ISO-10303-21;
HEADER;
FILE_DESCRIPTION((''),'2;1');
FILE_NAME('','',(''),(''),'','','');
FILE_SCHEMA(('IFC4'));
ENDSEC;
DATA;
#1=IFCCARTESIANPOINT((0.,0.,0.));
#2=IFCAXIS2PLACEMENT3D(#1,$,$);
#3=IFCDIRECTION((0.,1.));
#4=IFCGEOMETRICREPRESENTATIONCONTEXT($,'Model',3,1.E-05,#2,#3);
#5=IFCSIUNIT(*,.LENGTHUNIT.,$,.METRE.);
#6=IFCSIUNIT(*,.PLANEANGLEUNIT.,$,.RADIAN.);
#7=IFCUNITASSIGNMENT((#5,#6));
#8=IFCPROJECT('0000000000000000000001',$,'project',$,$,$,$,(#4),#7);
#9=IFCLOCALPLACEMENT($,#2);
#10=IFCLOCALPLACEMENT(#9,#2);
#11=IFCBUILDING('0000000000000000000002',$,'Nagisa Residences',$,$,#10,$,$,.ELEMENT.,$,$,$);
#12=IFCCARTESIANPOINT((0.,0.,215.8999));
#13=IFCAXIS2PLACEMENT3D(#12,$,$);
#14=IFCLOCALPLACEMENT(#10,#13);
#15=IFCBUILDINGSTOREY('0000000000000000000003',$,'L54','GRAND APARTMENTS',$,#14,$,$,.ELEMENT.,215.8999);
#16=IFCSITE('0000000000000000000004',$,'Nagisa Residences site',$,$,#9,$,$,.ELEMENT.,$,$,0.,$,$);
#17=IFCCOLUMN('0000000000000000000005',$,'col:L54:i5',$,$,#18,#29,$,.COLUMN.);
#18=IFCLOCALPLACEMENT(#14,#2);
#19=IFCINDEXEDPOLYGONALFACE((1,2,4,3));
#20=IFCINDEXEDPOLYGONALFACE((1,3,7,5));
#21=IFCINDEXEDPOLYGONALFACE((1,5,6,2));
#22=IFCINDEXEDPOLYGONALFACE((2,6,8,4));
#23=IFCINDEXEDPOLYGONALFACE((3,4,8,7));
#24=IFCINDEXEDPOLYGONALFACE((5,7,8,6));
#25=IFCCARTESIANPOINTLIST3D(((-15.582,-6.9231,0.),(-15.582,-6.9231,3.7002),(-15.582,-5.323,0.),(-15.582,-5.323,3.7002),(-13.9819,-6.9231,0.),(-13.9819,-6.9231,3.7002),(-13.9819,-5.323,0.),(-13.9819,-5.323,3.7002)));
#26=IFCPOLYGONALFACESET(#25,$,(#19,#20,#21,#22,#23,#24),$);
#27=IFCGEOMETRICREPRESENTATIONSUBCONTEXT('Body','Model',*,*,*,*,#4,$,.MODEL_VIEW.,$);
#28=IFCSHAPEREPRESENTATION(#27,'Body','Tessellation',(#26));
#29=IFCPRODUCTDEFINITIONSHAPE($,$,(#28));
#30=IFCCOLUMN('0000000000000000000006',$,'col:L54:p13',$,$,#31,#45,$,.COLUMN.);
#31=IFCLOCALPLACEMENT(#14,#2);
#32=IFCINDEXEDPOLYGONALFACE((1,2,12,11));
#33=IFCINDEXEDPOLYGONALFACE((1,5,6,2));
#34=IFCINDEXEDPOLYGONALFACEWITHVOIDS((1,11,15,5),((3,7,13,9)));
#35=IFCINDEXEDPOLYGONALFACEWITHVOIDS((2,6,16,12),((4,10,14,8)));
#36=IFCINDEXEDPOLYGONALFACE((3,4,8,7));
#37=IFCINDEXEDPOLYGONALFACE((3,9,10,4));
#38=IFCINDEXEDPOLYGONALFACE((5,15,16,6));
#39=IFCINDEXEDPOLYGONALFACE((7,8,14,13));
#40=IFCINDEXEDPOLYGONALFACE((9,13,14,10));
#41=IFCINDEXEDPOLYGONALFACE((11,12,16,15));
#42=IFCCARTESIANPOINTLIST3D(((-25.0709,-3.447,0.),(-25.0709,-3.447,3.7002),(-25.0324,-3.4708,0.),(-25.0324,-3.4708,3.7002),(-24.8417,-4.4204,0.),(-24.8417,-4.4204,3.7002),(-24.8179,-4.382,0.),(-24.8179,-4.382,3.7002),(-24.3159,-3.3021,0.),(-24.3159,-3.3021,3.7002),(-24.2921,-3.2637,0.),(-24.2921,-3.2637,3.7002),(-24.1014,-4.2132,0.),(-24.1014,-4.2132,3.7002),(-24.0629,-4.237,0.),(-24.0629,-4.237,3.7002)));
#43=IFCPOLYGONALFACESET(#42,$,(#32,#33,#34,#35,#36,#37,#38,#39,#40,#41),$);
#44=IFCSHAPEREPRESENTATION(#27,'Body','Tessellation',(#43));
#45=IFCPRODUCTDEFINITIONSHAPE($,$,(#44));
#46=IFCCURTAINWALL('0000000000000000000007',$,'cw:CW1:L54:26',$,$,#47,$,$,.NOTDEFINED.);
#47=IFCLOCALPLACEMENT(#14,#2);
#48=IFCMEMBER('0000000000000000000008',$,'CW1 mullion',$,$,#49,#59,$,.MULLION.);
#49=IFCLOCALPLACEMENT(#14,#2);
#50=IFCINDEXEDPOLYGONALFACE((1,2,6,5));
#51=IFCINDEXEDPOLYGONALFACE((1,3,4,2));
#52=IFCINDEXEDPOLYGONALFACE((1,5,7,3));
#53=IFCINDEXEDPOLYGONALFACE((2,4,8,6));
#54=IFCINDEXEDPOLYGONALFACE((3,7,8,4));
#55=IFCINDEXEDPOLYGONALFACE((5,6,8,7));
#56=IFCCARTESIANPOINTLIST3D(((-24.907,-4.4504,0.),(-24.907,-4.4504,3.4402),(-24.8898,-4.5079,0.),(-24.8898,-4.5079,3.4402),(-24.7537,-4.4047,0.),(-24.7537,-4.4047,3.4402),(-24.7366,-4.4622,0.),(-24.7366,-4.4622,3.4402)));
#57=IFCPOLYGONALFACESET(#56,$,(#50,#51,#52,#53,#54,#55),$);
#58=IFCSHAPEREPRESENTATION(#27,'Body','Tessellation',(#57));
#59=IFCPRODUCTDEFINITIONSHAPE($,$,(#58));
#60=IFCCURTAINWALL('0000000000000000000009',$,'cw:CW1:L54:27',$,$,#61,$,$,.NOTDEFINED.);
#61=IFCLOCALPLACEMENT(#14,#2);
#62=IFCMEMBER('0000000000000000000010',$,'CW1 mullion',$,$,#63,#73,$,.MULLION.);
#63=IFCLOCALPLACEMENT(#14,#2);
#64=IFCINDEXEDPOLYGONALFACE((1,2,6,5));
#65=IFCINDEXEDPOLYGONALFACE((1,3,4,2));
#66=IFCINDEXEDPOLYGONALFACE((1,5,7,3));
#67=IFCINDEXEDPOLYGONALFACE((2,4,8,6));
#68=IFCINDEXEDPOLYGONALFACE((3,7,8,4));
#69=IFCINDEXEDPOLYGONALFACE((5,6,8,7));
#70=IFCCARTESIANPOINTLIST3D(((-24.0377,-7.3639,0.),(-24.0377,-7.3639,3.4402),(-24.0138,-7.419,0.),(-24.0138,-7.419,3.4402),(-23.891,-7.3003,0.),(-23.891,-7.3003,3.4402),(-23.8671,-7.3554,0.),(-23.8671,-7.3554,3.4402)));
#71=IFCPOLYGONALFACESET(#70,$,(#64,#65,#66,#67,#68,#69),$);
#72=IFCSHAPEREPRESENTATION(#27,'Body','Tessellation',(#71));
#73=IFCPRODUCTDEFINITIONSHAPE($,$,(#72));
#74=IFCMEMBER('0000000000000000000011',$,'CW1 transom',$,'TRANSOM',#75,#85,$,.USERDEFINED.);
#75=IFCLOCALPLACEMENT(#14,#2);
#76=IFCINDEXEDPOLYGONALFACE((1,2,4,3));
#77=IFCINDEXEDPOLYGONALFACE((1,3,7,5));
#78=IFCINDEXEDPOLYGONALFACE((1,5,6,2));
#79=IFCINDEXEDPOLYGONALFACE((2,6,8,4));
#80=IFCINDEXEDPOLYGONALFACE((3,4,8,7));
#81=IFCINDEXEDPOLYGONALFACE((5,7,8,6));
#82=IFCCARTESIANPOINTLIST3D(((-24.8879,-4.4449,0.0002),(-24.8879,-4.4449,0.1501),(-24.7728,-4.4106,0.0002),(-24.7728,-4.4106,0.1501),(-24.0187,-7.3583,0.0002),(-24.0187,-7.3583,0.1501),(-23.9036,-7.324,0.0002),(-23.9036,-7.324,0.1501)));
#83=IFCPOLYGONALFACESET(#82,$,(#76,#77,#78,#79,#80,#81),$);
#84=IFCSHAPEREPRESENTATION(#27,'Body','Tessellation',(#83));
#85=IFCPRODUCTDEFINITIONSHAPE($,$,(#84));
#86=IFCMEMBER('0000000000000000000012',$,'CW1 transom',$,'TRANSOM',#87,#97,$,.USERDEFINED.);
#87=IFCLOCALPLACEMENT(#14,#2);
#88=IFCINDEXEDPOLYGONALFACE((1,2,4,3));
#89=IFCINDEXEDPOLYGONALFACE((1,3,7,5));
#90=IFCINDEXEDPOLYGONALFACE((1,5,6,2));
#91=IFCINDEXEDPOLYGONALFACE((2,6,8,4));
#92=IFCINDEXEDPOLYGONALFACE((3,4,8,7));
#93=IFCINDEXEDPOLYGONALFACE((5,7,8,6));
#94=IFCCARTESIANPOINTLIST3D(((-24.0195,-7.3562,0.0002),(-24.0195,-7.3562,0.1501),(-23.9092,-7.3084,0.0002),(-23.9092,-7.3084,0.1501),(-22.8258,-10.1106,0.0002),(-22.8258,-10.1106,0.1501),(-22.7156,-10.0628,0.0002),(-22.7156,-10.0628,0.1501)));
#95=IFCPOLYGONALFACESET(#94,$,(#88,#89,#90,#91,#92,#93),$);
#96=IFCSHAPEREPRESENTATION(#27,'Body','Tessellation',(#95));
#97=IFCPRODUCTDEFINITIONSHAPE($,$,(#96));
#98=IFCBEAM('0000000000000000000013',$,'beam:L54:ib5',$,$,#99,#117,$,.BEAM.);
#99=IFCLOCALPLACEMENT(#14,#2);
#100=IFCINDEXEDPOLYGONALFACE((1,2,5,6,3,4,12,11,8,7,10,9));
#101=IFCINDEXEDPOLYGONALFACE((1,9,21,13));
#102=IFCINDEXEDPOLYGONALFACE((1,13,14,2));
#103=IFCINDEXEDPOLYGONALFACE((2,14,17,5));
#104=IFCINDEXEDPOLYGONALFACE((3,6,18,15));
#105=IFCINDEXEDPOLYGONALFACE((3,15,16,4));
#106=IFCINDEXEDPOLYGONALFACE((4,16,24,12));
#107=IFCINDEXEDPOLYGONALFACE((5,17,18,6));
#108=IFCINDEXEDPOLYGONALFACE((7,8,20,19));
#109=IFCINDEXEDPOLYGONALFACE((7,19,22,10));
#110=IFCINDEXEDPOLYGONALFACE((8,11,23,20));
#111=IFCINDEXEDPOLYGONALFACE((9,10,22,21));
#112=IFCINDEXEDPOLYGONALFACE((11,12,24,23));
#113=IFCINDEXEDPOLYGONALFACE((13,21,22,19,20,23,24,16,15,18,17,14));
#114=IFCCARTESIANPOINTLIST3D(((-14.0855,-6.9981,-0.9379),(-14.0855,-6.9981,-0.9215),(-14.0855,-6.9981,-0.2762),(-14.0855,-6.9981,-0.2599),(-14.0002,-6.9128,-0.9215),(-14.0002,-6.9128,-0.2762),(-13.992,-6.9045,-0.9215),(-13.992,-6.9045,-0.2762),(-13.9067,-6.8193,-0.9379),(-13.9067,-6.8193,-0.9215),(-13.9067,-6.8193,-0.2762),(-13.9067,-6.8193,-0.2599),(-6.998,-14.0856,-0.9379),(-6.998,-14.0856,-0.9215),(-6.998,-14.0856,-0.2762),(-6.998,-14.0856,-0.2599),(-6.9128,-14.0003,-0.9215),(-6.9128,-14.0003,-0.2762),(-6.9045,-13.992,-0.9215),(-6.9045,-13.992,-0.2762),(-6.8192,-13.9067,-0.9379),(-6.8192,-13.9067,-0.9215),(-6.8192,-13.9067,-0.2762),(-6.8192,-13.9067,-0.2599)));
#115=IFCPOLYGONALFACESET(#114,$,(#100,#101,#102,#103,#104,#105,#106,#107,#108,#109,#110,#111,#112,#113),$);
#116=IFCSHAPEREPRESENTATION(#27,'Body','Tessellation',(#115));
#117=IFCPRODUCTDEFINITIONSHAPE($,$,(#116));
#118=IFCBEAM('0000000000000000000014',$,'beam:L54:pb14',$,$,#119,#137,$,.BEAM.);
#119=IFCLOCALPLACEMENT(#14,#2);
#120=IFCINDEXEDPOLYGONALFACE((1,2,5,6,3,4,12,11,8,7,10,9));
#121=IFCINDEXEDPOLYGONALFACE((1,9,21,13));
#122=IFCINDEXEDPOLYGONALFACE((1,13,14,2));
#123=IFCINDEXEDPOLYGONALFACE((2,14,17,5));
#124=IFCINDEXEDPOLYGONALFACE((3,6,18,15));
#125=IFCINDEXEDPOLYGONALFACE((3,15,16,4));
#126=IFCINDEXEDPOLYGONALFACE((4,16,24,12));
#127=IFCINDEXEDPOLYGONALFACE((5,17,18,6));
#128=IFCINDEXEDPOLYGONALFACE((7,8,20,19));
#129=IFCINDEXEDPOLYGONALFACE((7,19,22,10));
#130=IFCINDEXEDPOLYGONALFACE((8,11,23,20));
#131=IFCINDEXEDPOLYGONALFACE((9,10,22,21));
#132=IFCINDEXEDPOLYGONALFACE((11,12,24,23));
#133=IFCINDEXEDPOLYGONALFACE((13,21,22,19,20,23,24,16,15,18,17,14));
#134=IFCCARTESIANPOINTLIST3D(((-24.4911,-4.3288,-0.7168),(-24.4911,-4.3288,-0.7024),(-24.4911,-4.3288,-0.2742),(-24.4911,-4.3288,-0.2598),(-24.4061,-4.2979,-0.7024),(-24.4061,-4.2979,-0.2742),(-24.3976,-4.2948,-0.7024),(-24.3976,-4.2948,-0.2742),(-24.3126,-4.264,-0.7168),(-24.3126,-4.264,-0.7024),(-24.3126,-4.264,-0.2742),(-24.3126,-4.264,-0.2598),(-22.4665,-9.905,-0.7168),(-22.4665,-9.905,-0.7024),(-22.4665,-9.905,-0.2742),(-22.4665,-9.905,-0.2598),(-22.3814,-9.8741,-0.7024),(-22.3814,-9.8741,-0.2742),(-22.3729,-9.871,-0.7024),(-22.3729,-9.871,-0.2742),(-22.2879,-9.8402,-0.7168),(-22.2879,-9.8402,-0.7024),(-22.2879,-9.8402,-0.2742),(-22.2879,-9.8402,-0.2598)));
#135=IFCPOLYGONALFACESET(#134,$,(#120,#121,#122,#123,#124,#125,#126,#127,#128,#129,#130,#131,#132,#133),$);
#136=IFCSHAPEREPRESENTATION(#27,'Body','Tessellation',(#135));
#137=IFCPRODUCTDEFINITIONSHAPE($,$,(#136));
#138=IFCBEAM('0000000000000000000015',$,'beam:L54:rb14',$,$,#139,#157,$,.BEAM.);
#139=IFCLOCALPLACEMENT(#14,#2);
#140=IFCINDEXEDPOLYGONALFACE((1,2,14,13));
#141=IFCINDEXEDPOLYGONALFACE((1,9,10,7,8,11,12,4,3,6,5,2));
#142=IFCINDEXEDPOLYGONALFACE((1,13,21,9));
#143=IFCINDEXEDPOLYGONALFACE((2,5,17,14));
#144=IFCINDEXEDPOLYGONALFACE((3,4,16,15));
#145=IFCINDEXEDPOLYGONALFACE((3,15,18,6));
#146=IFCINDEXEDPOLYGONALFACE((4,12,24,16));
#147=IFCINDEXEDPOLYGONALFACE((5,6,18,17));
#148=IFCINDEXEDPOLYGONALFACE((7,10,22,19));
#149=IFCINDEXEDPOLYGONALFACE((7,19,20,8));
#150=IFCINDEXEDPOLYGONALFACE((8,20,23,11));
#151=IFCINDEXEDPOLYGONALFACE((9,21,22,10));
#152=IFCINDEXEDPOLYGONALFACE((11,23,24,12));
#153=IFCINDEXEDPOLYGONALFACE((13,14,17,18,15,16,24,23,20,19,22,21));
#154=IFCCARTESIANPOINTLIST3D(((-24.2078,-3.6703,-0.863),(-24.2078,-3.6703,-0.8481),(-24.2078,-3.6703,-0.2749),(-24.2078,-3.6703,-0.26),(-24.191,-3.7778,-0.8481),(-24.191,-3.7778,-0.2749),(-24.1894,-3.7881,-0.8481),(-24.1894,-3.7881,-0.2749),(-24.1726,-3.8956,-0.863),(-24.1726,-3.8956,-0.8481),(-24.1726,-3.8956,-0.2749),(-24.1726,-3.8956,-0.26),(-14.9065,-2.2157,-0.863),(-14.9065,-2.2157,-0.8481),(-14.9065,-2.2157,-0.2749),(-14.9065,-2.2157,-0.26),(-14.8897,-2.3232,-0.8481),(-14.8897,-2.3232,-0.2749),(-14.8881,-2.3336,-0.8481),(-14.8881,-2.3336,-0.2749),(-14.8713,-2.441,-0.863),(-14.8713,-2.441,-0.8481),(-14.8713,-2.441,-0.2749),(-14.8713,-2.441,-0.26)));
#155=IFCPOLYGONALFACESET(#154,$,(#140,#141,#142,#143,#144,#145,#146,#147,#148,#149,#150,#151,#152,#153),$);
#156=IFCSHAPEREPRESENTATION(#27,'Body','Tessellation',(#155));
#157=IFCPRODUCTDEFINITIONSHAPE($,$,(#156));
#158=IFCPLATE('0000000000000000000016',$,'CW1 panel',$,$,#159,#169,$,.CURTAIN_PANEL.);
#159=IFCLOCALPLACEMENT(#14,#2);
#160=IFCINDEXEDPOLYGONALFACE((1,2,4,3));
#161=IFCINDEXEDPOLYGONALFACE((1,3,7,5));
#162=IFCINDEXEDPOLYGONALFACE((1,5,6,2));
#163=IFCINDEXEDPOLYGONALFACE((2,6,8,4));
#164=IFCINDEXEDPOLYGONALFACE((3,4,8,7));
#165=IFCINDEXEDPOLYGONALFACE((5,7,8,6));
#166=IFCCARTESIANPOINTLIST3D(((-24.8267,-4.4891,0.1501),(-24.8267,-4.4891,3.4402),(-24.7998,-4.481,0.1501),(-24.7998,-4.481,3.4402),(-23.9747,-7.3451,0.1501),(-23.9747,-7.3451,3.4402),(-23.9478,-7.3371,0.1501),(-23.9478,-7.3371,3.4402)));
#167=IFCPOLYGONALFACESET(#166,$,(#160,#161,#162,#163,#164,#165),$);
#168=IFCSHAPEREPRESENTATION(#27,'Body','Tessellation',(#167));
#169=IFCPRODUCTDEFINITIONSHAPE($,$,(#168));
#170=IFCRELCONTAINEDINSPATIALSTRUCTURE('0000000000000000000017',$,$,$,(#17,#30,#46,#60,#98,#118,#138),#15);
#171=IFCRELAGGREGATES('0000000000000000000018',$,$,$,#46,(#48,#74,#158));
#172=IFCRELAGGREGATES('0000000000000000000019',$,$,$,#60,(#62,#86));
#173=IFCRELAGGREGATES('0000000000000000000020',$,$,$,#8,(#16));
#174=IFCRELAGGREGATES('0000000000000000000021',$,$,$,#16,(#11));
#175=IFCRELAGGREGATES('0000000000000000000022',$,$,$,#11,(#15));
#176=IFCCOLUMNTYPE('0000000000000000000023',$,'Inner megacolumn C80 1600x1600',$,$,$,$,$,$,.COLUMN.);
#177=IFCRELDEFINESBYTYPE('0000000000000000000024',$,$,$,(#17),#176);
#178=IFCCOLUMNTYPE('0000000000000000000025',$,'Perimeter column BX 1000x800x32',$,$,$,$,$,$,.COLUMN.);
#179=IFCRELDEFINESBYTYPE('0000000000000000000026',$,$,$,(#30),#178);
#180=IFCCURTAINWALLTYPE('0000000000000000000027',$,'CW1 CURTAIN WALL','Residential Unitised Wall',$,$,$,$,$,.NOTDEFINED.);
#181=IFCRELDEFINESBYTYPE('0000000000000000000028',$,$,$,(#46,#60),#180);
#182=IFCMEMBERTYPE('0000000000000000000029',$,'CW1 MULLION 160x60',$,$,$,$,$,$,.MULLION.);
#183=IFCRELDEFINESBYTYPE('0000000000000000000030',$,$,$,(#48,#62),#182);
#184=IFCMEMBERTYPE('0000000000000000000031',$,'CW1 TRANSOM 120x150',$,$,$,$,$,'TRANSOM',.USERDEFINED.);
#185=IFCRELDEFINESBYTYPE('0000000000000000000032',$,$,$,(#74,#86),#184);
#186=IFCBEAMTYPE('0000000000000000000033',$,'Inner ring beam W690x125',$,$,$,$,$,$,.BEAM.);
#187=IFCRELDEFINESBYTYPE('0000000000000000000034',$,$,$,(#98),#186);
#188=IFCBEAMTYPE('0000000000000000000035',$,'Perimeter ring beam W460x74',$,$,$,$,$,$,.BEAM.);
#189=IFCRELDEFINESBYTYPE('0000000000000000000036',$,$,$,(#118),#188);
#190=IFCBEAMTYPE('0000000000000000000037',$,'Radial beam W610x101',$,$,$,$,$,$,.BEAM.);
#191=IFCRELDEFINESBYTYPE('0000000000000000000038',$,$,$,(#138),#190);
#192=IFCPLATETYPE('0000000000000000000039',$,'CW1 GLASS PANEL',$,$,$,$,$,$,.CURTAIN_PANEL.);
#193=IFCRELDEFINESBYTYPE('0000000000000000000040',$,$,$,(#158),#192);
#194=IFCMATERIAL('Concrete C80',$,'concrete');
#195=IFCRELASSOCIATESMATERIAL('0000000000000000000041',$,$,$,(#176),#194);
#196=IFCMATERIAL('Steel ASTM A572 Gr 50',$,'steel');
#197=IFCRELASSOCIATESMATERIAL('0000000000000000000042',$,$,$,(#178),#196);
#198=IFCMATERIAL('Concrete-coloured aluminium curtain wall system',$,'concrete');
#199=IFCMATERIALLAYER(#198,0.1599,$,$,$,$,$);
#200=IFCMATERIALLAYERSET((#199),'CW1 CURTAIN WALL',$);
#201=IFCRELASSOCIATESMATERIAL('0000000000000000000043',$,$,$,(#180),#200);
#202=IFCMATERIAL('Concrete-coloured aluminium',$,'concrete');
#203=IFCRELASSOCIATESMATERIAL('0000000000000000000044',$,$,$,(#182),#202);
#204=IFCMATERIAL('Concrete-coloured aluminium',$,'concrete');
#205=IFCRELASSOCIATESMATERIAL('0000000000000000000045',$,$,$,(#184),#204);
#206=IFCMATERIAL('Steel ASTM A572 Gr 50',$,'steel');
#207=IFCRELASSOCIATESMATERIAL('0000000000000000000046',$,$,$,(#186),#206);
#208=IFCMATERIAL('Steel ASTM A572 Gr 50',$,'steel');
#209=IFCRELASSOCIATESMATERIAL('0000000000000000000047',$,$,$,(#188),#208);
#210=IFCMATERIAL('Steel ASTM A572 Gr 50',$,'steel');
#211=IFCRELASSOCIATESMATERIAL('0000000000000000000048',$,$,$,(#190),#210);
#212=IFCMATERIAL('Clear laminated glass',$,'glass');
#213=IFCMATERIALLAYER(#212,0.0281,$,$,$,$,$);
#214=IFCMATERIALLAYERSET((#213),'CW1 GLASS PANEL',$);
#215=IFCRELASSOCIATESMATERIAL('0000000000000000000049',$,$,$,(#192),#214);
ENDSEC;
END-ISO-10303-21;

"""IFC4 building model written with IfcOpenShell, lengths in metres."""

from ifc_helpers import new_model, si_unit, direction, frame, origin, origin_2d, place, context, subcontext, project, spatial, rectangle, hollow_rectangle, i_section, extrude, material, layer, layer_set, material_profile, profile_set, type_object, element, aggregate, save


model = new_model("IFC4")

# Units and contexts
model_context = context("Model", 3, precision=1e-05, world=origin(), true_north=direction((0.0, 1.0)))
body_context = subcontext(model_context, "Body", "Model", "MODEL_VIEW")
ifc_project = project(units=[si_unit("LENGTHUNIT", "METRE"), si_unit("PLANEANGLEUNIT", "RADIAN")], contexts=[model_context])

# Site, building, storey
site_placement = place(None, origin())
site = spatial("IfcSite", under=ifc_project, at=site_placement, Name="Nagisa Residences site", CompositionType="ELEMENT", RefElevation=0.0)
building_placement = place(site_placement, origin())
building = spatial("IfcBuilding", under=site, at=building_placement, Name="Nagisa Residences", CompositionType="ELEMENT")
storey_placement = place(building_placement, frame((0.0, 0.0, 215.8999)))
storey = spatial("IfcBuildingStorey", under=building, at=storey_placement, Name="L54", Description="GRAND APARTMENTS", CompositionType="ELEMENT", Elevation=215.8999)

# Columns
ifc_material_1 = material(Name="Concrete C80", Category="concrete")
ifc_material_profile_1 = material_profile(ifc_material_1, rectangle(XDim=1.6001, YDim=1.6001, at=origin_2d()), Name="C80 1600x1600")
ifc_profile_set_1 = profile_set([ifc_material_profile_1], Name="Concrete C80")
column_type_1 = type_object("IfcColumnType", Name="Inner megacolumn C80 1600x1600", PredefinedType="COLUMN", material=ifc_profile_set_1)
column_1_placement = place(storey_placement, frame((-14.782, -6.123, 0.0), z_axis=(0.0, 0.0, 1.0), x_axis=(1.0, 0.0, 0.0)))
element("IfcColumn", 1, at=column_1_placement, inside=storey, type_object=column_type_1, Name="col:L54:i5", PredefinedType="COLUMN", context=body_context, shape_type="SweptSolid", body=[
    extrude(rectangle(XDim=1.6001, YDim=1.6001, at=origin_2d()), origin(), (0.0, 0.0, 1.0), 3.7002),
])
ifc_material_2 = material(Name="Steel ASTM A572 Gr 50", Category="steel")
ifc_material_profile_2 = material_profile(ifc_material_2, hollow_rectangle(XDim=1.0, YDim=0.8, WallThickness=0.032, at=origin_2d()), Name="BX 1000x800x32")
ifc_profile_set_2 = profile_set([ifc_material_profile_2], Name="Steel ASTM A572 Gr 50")
column_type_2 = type_object("IfcColumnType", Name="Perimeter column BX 1000x800x32", PredefinedType="COLUMN", material=ifc_profile_set_2)
column_2_placement = place(storey_placement, frame((-24.5669, -3.842, 0.0), z_axis=(0.0, 0.0, 1.0), x_axis=(0.229202, -0.973379, 0.0)))
element("IfcColumn", 2, at=column_2_placement, inside=storey, type_object=column_type_2, Name="col:L54:p13", PredefinedType="COLUMN", context=body_context, shape_type="SweptSolid", body=[
    extrude(hollow_rectangle(XDim=1.0, YDim=0.8, WallThickness=0.032, at=origin_2d()), origin(), (0.0, 0.0, 1.0), 3.7002),
])

# Curtain walls, members
ifc_material_3 = material(Name="Concrete-coloured aluminium curtain wall system", Category="concrete")
ifc_layer_1 = layer(ifc_material_3, 0.1599)
ifc_layer_set_1 = layer_set([ifc_layer_1], Name="CW1 CURTAIN WALL")
curtain_wall_type = type_object("IfcCurtainWallType", Name="CW1 CURTAIN WALL", Description="Residential Unitised Wall", PredefinedType="NOTDEFINED", material=ifc_layer_set_1)
curtain_wall_1_placement = place(storey_placement, origin())
curtain_wall_1 = element("IfcCurtainWall", 3, at=curtain_wall_1_placement, inside=storey, type_object=curtain_wall_type, Name="cw:CW1:L54:26", PredefinedType="NOTDEFINED")
ifc_material_4 = material(Name="Concrete-coloured aluminium", Category="concrete")
ifc_material_profile_3 = material_profile(ifc_material_4, rectangle(XDim=0.1599, YDim=0.0601, at=origin_2d()), Name="CW1 MULLION 160x60")
ifc_profile_set_3 = profile_set([ifc_material_profile_3], Name="Concrete-coloured aluminium")
member_type_1 = type_object("IfcMemberType", Name="CW1 MULLION 160x60", PredefinedType="MULLION", material=ifc_profile_set_3)
member_1_placement = place(storey_placement, frame((-24.8218, -4.4563, 0.0), z_axis=(0.0, 0.0, 1.0), x_axis=(0.958271, 0.28586, 0.0)))
member_1 = element("IfcMember", 4, at=member_1_placement, type_object=member_type_1, Name="CW1 mullion", PredefinedType="MULLION", context=body_context, shape_type="SweptSolid", body=[
    extrude(rectangle(XDim=0.1599, YDim=0.0601, at=origin_2d()), origin(), (0.0, 0.0, 1.0), 3.4402),
])
curtain_wall_2_placement = place(storey_placement, origin())
curtain_wall_2 = element("IfcCurtainWall", 5, at=curtain_wall_2_placement, inside=storey, type_object=curtain_wall_type, Name="cw:CW1:L54:27", PredefinedType="NOTDEFINED")
member_2_placement = place(storey_placement, frame((-23.9524, -7.3596, 0.0), z_axis=(0.0, 0.0, 1.0), x_axis=(0.917543, 0.397636, 0.0)))
member_2 = element("IfcMember", 6, at=member_2_placement, type_object=member_type_1, Name="CW1 mullion", PredefinedType="MULLION", context=body_context, shape_type="SweptSolid", body=[
    extrude(rectangle(XDim=0.1599, YDim=0.0601, at=origin_2d()), origin(), (0.0, 0.0, 1.0), 3.4402),
])

# Members
ifc_material_5 = material(Name="Concrete-coloured aluminium", Category="concrete")
ifc_material_profile_4 = material_profile(ifc_material_5, rectangle(XDim=0.1201, YDim=0.1499, at=origin_2d()), Name="CW1 TRANSOM 120x150")
ifc_profile_set_4 = profile_set([ifc_material_profile_4], Name="Concrete-coloured aluminium")
member_type_2 = type_object("IfcMemberType", Name="CW1 TRANSOM 120x150", ElementType="TRANSOM", PredefinedType="USERDEFINED", material=ifc_profile_set_4)
member_3_placement = place(storey_placement, frame((-24.8303, -4.4277, 0.0752), z_axis=(0.285881, -0.958265, 0.0), x_axis=(0.958265, 0.285881, 0.0)))
member_3 = element("IfcMember", 7, at=member_3_placement, type_object=member_type_2, Name="CW1 transom", ObjectType="TRANSOM", PredefinedType="USERDEFINED", context=body_context, shape_type="SweptSolid", body=[
    extrude(rectangle(XDim=0.1201, YDim=0.1499, at=origin_2d()), origin(), (0.0, 0.0, 1.0), 3.0403),
])
member_4_placement = place(storey_placement, frame((-23.9644, -7.3323, 0.0752), z_axis=(0.397617, -0.917552, 0.0), x_axis=(0.917552, 0.397617, 0.0)))
member_4 = element("IfcMember", 8, at=member_4_placement, type_object=member_type_2, Name="CW1 transom", ObjectType="TRANSOM", PredefinedType="USERDEFINED", context=body_context, shape_type="SweptSolid", body=[
    extrude(rectangle(XDim=0.1201, YDim=0.1499, at=origin_2d()), origin(), (0.0, 0.0, 1.0), 3.002),
])

# Beams
ifc_material_6 = material(Name="Steel ASTM A572 Gr 50", Category="steel")
ifc_material_profile_5 = material_profile(ifc_material_6, i_section(OverallWidth=0.2529, OverallDepth=0.678, WebThickness=0.0117, FlangeThickness=0.0164, at=origin_2d()), Name="W690x125")
ifc_profile_set_5 = profile_set([ifc_material_profile_5], Name="Steel ASTM A572 Gr 50")
beam_type_1 = type_object("IfcBeamType", Name="Inner ring beam W690x125", PredefinedType="BEAM", material=ifc_profile_set_5)
beam_1_placement = place(storey_placement, frame((-13.9961, -6.9087, -0.5989), z_axis=(0.707107, -0.707107, 0.0), x_axis=(0.707107, 0.707107, 0.0)))
element("IfcBeam", 9, at=beam_1_placement, inside=storey, type_object=beam_type_1, Name="beam:L54:ib5", PredefinedType="BEAM", context=body_context, shape_type="SweptSolid", body=[
    extrude(i_section(OverallWidth=0.2529, OverallDepth=0.678, WebThickness=0.0117, FlangeThickness=0.0164, at=origin_2d()), origin(), (0.0, 0.0, 1.0), 10.0232),
])
ifc_material_7 = material(Name="Steel ASTM A572 Gr 50", Category="steel")
ifc_material_profile_6 = material_profile(ifc_material_7, i_section(OverallWidth=0.1899, OverallDepth=0.457, WebThickness=0.009, FlangeThickness=0.0144, at=origin_2d()), Name="W460x74")
ifc_profile_set_6 = profile_set([ifc_material_profile_6], Name="Steel ASTM A572 Gr 50")
beam_type_2 = type_object("IfcBeamType", Name="Perimeter ring beam W460x74", PredefinedType="BEAM", material=ifc_profile_set_6)
beam_2_placement = place(storey_placement, frame((-24.4019, -4.2964, -0.4883), z_axis=(0.34129, -0.939958, 0.0), x_axis=(0.939958, 0.34129, 0.0)))
element("IfcBeam", 10, at=beam_2_placement, inside=storey, type_object=beam_type_2, Name="beam:L54:pb14", PredefinedType="BEAM", context=body_context, shape_type="SweptSolid", body=[
    extrude(i_section(OverallWidth=0.1899, OverallDepth=0.457, WebThickness=0.009, FlangeThickness=0.0144, at=origin_2d()), origin(), (0.0, 0.0, 1.0), 5.9324),
])
ifc_material_8 = material(Name="Steel ASTM A572 Gr 50", Category="steel")
ifc_material_profile_7 = material_profile(ifc_material_8, i_section(OverallWidth=0.228, OverallDepth=0.603, WebThickness=0.0105, FlangeThickness=0.0149, at=origin_2d()), Name="W610x101")
ifc_profile_set_7 = profile_set([ifc_material_profile_7], Name="Steel ASTM A572 Gr 50")
beam_type_3 = type_object("IfcBeamType", Name="Radial beam W610x101", PredefinedType="BEAM", material=ifc_profile_set_7)
beam_3_placement = place(storey_placement, frame((-24.1902, -3.783, -0.5615), z_axis=(0.987992, 0.154508, 0.0), x_axis=(-0.154508, 0.987992, 0.0)))
element("IfcBeam", 11, at=beam_3_placement, inside=storey, type_object=beam_type_3, Name="beam:L54:rb14", PredefinedType="BEAM", context=body_context, shape_type="SweptSolid", body=[
    extrude(i_section(OverallWidth=0.228, OverallDepth=0.603, WebThickness=0.0105, FlangeThickness=0.0149, at=origin_2d()), origin(), (0.0, 0.0, 1.0), 9.4143),
])

# Plate
ifc_material_9 = material(Name="Clear laminated glass", Category="glass")
ifc_layer_2 = layer(ifc_material_9, 0.0281)
ifc_layer_set_2 = layer_set([ifc_layer_2], Name="CW1 GLASS PANEL")
plate_type = type_object("IfcPlateType", Name="CW1 GLASS PANEL", PredefinedType="CURTAIN_PANEL", material=ifc_layer_set_2)
plate_1_placement = place(storey_placement, frame((-24.3872, -5.9131, 0.1501), z_axis=(0.0, 0.0, 1.0), x_axis=(0.28586, -0.958271, 0.0)))
plate_1 = element("IfcPlate", 12, at=plate_1_placement, type_object=plate_type, Name="CW1 panel", PredefinedType="CURTAIN_PANEL", context=body_context, shape_type="SweptSolid", body=[
    extrude(rectangle(XDim=2.9805, YDim=0.0281, at=origin_2d()), origin(), (0.0, 0.0, 1.0), 3.29),
])
aggregate(curtain_wall_1, [member_1, member_3, plate_1])
aggregate(curtain_wall_2, [member_2, member_4])

save(model, "model.ifc")
